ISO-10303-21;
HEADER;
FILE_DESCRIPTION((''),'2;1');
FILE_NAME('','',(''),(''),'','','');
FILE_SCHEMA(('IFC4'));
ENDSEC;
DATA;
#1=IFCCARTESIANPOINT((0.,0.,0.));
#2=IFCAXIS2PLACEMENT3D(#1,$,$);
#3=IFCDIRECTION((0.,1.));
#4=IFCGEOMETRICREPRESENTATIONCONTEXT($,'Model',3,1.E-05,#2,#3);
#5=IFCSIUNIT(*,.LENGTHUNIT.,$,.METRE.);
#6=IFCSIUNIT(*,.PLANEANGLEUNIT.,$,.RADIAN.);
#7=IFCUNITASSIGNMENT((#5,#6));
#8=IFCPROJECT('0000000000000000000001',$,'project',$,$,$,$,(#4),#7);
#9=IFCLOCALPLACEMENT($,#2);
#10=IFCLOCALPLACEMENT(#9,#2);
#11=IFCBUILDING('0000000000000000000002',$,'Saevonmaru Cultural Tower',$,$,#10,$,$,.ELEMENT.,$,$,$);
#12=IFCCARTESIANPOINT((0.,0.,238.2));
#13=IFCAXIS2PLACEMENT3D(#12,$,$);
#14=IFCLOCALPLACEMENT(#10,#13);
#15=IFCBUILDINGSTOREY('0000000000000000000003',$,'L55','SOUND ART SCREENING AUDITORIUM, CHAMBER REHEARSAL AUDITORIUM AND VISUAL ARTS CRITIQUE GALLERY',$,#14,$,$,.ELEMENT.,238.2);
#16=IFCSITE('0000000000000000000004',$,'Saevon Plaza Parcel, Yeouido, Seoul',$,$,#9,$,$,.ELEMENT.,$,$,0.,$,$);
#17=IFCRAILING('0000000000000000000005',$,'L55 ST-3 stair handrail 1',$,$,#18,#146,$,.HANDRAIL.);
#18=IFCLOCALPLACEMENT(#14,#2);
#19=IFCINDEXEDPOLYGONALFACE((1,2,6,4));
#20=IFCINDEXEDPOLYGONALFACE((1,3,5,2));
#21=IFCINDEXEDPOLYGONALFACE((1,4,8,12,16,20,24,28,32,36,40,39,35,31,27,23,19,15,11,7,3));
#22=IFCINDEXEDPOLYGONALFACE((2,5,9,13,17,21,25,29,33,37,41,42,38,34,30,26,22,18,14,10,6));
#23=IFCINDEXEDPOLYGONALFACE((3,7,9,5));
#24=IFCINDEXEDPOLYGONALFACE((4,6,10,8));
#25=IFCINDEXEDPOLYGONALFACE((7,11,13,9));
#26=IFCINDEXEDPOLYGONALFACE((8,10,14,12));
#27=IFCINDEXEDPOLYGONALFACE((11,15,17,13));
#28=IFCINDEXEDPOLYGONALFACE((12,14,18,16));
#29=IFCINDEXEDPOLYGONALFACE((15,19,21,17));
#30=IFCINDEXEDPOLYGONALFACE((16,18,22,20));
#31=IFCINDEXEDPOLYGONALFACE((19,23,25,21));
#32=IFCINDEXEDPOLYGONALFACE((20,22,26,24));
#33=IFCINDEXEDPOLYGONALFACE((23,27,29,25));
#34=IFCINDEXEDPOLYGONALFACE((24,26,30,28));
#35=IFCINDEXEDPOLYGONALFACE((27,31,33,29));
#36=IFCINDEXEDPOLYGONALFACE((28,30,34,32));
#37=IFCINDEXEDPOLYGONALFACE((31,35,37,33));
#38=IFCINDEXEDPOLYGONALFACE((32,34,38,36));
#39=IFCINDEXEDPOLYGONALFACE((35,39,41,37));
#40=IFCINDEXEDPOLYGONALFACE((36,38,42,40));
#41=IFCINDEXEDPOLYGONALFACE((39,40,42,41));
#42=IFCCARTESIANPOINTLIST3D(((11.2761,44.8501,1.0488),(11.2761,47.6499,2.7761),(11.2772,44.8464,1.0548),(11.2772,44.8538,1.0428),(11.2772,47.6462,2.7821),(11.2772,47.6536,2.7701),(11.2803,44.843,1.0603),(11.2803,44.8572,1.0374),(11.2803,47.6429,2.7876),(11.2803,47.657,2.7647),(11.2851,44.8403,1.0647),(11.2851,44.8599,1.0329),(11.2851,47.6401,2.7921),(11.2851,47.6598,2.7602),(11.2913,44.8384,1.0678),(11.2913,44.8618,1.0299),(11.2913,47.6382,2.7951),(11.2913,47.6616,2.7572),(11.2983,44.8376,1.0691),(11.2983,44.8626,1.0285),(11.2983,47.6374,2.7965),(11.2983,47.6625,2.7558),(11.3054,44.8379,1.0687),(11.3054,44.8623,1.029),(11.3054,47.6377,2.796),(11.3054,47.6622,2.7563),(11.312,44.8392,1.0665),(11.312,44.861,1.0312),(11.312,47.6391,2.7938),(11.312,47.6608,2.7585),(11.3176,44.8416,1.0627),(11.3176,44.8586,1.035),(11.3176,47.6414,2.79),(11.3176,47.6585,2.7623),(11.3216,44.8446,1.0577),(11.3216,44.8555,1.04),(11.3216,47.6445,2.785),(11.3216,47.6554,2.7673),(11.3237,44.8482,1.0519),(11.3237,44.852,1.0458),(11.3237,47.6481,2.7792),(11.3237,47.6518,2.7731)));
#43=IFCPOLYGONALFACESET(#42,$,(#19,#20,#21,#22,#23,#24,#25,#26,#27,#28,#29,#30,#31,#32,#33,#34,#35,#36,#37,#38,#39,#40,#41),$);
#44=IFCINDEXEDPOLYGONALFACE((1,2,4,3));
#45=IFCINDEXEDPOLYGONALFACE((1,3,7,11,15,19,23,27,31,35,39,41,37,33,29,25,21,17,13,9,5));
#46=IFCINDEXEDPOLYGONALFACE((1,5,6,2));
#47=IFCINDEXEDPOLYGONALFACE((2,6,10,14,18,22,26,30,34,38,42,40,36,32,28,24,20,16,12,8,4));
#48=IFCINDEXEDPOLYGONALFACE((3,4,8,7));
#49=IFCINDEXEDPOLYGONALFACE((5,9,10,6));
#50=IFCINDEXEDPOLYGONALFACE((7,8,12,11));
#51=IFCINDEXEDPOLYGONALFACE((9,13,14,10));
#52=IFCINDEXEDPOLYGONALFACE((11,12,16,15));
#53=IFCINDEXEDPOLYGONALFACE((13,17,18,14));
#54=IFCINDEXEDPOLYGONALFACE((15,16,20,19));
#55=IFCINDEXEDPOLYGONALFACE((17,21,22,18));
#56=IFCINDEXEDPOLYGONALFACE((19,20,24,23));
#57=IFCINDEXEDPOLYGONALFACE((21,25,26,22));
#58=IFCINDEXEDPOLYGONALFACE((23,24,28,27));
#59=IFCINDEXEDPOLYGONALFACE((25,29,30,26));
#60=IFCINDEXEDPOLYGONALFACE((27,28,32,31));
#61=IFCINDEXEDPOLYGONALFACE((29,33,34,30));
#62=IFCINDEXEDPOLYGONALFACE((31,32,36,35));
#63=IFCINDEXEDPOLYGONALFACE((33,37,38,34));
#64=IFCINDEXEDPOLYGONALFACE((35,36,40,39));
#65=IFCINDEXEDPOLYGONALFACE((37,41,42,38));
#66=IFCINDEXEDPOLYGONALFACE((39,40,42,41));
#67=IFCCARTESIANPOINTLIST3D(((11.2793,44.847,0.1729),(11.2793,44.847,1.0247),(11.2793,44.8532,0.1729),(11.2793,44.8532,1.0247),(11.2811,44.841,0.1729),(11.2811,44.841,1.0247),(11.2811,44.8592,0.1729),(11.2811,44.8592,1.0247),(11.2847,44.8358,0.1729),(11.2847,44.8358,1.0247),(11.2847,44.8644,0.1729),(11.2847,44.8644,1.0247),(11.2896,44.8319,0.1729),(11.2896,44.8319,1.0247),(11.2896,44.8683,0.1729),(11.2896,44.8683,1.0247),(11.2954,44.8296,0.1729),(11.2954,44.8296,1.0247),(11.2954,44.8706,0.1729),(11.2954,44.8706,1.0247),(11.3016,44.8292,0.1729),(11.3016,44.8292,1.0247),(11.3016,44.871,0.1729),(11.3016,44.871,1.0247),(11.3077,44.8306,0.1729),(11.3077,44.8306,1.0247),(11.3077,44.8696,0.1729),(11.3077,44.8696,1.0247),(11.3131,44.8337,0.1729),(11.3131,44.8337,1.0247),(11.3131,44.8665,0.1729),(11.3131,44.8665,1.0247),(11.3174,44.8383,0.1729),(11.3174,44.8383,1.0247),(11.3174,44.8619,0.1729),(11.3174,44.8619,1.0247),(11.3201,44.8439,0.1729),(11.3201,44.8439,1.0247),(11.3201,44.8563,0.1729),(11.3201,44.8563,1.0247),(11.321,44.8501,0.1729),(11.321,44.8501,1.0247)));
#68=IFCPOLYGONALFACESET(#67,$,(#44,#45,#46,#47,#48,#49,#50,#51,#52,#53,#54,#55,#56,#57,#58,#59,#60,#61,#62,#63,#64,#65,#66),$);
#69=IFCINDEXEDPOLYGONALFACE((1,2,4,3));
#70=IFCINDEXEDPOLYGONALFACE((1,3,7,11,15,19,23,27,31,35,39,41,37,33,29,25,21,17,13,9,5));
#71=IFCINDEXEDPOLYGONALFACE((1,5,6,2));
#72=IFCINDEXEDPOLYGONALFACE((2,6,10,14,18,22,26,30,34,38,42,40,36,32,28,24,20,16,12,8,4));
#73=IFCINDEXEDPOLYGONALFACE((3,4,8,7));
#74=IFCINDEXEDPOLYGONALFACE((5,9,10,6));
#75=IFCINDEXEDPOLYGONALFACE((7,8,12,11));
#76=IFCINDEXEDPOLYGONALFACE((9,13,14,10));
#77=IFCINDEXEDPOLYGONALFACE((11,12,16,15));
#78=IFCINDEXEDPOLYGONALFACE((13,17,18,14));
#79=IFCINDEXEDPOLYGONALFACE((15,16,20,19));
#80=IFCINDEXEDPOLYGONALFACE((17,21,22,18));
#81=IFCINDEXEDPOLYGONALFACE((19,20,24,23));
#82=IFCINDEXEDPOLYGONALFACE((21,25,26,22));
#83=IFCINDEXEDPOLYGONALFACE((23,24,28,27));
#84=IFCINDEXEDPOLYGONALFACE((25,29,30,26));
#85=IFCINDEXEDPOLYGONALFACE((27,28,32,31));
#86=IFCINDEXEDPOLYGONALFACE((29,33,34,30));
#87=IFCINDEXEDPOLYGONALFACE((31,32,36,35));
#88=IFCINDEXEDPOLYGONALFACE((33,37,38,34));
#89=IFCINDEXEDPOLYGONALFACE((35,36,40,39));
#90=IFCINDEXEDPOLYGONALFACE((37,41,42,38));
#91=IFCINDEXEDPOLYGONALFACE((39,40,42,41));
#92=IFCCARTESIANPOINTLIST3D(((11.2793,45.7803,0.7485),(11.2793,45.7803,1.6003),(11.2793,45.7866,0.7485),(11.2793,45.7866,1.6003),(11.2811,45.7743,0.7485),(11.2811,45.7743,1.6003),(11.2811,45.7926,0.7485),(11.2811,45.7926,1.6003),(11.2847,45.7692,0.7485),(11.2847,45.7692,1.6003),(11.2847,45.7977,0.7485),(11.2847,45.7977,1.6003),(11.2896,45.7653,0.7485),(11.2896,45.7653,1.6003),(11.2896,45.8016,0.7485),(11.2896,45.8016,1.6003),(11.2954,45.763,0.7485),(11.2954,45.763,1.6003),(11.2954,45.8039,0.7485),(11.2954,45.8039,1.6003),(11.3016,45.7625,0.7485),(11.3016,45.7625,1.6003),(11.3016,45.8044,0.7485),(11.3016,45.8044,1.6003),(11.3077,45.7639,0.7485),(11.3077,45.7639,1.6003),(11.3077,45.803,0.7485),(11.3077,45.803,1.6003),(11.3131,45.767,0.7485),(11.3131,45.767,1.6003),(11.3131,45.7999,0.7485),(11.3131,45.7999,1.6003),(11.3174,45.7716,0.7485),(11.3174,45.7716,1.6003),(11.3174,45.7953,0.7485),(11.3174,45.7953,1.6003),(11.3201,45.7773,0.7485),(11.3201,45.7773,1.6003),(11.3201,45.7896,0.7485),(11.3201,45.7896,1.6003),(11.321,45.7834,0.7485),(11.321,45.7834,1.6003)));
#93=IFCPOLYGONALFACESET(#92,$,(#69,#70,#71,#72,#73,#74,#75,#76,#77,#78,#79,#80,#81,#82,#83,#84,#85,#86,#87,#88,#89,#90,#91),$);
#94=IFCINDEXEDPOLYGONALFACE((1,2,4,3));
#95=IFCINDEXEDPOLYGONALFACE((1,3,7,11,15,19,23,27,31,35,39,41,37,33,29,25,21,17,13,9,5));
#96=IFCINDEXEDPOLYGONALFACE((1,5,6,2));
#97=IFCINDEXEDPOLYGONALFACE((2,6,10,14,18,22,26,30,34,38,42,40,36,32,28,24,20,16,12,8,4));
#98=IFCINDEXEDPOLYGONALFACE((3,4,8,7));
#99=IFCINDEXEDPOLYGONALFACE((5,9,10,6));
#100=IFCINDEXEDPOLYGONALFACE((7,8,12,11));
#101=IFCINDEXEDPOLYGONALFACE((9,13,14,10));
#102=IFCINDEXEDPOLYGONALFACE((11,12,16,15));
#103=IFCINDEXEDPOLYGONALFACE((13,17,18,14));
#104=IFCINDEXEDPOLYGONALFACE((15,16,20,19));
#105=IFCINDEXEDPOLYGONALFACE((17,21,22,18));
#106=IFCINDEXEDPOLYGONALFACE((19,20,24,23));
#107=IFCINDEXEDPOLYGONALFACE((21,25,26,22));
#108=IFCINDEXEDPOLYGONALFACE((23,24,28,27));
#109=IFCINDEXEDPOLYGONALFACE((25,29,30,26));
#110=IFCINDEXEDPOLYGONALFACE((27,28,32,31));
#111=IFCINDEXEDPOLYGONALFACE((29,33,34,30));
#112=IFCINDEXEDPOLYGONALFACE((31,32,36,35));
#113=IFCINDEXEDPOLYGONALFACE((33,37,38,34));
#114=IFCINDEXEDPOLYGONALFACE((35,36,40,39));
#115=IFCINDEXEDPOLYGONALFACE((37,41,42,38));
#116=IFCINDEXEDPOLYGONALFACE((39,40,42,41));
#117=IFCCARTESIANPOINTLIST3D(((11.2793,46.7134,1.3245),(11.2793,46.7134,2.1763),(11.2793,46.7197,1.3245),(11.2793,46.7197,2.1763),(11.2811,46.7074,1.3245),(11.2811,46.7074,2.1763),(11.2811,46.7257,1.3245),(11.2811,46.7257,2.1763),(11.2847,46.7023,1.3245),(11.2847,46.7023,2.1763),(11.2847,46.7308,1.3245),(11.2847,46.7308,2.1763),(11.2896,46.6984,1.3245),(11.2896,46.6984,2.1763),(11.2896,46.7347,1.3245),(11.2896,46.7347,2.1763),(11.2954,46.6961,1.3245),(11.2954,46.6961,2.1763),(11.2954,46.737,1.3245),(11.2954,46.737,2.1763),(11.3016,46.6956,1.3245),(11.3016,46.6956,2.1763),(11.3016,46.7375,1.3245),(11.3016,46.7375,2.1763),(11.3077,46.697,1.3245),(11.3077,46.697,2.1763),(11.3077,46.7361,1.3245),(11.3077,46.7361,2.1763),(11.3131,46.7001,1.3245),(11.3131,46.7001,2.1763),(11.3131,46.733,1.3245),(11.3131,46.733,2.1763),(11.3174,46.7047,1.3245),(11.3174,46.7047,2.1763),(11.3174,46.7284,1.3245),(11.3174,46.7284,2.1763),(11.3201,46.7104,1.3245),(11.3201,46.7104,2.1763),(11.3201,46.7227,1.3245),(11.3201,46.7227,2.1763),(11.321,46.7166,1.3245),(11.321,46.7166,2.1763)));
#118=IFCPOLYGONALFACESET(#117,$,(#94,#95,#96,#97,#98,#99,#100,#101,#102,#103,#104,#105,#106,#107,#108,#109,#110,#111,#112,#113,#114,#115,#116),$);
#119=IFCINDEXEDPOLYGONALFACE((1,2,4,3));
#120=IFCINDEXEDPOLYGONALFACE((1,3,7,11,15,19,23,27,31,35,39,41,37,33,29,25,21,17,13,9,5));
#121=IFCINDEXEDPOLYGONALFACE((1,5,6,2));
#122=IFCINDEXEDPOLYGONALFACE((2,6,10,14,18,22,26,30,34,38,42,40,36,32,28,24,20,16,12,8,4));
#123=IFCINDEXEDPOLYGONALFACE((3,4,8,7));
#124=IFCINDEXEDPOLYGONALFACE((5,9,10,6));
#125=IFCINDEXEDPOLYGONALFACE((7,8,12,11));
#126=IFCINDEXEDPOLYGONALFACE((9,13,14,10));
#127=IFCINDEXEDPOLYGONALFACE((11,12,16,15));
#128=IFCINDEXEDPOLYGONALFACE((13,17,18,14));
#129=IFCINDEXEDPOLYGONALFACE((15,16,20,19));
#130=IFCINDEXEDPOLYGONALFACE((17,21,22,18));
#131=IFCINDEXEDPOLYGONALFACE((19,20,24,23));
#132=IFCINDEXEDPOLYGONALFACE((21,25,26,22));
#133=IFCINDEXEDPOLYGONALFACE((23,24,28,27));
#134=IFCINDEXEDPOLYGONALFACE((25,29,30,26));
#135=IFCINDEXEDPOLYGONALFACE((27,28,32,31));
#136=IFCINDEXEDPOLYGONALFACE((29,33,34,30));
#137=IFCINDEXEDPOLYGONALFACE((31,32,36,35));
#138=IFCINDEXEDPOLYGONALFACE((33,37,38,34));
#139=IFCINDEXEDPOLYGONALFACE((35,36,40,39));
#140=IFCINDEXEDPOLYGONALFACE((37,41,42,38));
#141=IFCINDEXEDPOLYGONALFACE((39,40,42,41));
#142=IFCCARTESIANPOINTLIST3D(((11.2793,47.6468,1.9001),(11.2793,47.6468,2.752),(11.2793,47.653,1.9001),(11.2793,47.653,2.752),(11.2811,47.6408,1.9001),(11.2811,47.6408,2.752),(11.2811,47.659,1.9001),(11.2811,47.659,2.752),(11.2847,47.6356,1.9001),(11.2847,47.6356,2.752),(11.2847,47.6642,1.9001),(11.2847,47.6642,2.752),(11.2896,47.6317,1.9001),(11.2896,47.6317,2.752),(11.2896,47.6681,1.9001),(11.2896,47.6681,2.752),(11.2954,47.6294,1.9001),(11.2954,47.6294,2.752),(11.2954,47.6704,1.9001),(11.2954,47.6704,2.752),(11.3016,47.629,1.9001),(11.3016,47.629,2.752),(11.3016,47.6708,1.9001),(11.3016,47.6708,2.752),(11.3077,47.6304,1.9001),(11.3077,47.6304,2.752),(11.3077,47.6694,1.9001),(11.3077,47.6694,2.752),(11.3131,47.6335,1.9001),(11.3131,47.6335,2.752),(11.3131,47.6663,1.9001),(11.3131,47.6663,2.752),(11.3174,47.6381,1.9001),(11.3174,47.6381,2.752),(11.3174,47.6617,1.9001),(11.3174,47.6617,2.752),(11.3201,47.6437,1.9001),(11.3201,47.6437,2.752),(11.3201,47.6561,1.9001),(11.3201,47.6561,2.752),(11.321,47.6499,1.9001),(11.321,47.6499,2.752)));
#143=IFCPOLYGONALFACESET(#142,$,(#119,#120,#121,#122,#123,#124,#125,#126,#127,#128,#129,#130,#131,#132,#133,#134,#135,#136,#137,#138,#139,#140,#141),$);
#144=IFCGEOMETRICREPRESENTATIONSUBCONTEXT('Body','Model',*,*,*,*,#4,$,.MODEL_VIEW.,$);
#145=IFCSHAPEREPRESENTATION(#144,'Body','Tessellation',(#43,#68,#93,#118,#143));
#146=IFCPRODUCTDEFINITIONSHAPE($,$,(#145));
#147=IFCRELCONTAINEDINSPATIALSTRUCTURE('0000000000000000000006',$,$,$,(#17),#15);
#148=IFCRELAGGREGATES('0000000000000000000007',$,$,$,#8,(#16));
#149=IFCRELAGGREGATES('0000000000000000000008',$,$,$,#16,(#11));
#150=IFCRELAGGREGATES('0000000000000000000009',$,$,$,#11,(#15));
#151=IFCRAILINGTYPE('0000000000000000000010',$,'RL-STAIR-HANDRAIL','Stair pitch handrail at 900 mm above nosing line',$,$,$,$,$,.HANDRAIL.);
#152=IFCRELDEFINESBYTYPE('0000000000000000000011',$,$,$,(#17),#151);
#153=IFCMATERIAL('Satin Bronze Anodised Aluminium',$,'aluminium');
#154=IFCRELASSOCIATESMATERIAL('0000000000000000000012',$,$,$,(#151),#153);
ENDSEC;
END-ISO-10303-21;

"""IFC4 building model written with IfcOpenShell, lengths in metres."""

from ifc_helpers import new_model, si_unit, direction, frame, origin, origin_2d, place, context, subcontext, project, spatial, circle, extrude, material, type_object, element, save


model = new_model("IFC4")

# Units and contexts
model_context = context("Model", 3, precision=1e-05, world=origin(), true_north=direction((0.0, 1.0)))
body_context = subcontext(model_context, "Body", "Model", "MODEL_VIEW")
ifc_project = project(units=[si_unit("LENGTHUNIT", "METRE"), si_unit("PLANEANGLEUNIT", "RADIAN")], contexts=[model_context])

# Site, building, storey
site_placement = place(None, origin())
site = spatial("IfcSite", under=ifc_project, at=site_placement, Name="Saevon Plaza Parcel, Yeouido, Seoul", CompositionType="ELEMENT", RefElevation=0.0)
building_placement = place(site_placement, origin())
building = spatial("IfcBuilding", under=site, at=building_placement, Name="Saevonmaru Cultural Tower", CompositionType="ELEMENT")
storey_placement = place(building_placement, frame((0.0, 0.0, 238.2)))
storey = spatial("IfcBuildingStorey", under=building, at=storey_placement, Name="L55", Description="SOUND ART SCREENING AUDITORIUM, CHAMBER REHEARSAL AUDITORIUM AND VISUAL ARTS CRITIQUE GALLERY", CompositionType="ELEMENT", Elevation=238.2)

# Shared definitions
ifc_material_1 = material(Name="Satin Bronze Anodised Aluminium", Category="aluminium")

# Railing
railing_type_1 = type_object("IfcRailingType", Name="RL-STAIR-HANDRAIL", Description="Stair pitch handrail at 900 mm above nosing line", PredefinedType="HANDRAIL", material=ifc_material_1)
railing_1_placement = place(storey_placement, frame((11.3, 44.8501, 0.1729)))
element("IfcRailing", 1, at=railing_1_placement, inside=storey, type_object=railing_type_1, Name="L55 ST-3 stair handrail 1", PredefinedType="HANDRAIL", context=body_context, shape_type="SweptSolid", body=[
    extrude(circle(Radius=0.0239, at=origin_2d()), frame((0.0, 0.0, 0.876), z_axis=(0.0, 0.851069, 0.525054), x_axis=(-1.0, 0.0, 0.0)), (0.0, 0.0, 1.0), 3.2898),
    extrude(circle(Radius=0.021, at=origin_2d()), origin(), (0.0, 0.0, 1.0), 0.8518),
    extrude(circle(Radius=0.021, at=origin_2d()), frame((0.0, 0.9333, 0.5757)), (0.0, 0.0, 1.0), 0.8518),
    extrude(circle(Radius=0.021, at=origin_2d()), frame((0.0, 1.8665, 1.1516)), (0.0, 0.0, 1.0), 0.8518),
    extrude(circle(Radius=0.021, at=origin_2d()), frame((0.0, 2.7998, 1.7273)), (0.0, 0.0, 1.0), 0.8518),
])

save(model, "model.ifc")
